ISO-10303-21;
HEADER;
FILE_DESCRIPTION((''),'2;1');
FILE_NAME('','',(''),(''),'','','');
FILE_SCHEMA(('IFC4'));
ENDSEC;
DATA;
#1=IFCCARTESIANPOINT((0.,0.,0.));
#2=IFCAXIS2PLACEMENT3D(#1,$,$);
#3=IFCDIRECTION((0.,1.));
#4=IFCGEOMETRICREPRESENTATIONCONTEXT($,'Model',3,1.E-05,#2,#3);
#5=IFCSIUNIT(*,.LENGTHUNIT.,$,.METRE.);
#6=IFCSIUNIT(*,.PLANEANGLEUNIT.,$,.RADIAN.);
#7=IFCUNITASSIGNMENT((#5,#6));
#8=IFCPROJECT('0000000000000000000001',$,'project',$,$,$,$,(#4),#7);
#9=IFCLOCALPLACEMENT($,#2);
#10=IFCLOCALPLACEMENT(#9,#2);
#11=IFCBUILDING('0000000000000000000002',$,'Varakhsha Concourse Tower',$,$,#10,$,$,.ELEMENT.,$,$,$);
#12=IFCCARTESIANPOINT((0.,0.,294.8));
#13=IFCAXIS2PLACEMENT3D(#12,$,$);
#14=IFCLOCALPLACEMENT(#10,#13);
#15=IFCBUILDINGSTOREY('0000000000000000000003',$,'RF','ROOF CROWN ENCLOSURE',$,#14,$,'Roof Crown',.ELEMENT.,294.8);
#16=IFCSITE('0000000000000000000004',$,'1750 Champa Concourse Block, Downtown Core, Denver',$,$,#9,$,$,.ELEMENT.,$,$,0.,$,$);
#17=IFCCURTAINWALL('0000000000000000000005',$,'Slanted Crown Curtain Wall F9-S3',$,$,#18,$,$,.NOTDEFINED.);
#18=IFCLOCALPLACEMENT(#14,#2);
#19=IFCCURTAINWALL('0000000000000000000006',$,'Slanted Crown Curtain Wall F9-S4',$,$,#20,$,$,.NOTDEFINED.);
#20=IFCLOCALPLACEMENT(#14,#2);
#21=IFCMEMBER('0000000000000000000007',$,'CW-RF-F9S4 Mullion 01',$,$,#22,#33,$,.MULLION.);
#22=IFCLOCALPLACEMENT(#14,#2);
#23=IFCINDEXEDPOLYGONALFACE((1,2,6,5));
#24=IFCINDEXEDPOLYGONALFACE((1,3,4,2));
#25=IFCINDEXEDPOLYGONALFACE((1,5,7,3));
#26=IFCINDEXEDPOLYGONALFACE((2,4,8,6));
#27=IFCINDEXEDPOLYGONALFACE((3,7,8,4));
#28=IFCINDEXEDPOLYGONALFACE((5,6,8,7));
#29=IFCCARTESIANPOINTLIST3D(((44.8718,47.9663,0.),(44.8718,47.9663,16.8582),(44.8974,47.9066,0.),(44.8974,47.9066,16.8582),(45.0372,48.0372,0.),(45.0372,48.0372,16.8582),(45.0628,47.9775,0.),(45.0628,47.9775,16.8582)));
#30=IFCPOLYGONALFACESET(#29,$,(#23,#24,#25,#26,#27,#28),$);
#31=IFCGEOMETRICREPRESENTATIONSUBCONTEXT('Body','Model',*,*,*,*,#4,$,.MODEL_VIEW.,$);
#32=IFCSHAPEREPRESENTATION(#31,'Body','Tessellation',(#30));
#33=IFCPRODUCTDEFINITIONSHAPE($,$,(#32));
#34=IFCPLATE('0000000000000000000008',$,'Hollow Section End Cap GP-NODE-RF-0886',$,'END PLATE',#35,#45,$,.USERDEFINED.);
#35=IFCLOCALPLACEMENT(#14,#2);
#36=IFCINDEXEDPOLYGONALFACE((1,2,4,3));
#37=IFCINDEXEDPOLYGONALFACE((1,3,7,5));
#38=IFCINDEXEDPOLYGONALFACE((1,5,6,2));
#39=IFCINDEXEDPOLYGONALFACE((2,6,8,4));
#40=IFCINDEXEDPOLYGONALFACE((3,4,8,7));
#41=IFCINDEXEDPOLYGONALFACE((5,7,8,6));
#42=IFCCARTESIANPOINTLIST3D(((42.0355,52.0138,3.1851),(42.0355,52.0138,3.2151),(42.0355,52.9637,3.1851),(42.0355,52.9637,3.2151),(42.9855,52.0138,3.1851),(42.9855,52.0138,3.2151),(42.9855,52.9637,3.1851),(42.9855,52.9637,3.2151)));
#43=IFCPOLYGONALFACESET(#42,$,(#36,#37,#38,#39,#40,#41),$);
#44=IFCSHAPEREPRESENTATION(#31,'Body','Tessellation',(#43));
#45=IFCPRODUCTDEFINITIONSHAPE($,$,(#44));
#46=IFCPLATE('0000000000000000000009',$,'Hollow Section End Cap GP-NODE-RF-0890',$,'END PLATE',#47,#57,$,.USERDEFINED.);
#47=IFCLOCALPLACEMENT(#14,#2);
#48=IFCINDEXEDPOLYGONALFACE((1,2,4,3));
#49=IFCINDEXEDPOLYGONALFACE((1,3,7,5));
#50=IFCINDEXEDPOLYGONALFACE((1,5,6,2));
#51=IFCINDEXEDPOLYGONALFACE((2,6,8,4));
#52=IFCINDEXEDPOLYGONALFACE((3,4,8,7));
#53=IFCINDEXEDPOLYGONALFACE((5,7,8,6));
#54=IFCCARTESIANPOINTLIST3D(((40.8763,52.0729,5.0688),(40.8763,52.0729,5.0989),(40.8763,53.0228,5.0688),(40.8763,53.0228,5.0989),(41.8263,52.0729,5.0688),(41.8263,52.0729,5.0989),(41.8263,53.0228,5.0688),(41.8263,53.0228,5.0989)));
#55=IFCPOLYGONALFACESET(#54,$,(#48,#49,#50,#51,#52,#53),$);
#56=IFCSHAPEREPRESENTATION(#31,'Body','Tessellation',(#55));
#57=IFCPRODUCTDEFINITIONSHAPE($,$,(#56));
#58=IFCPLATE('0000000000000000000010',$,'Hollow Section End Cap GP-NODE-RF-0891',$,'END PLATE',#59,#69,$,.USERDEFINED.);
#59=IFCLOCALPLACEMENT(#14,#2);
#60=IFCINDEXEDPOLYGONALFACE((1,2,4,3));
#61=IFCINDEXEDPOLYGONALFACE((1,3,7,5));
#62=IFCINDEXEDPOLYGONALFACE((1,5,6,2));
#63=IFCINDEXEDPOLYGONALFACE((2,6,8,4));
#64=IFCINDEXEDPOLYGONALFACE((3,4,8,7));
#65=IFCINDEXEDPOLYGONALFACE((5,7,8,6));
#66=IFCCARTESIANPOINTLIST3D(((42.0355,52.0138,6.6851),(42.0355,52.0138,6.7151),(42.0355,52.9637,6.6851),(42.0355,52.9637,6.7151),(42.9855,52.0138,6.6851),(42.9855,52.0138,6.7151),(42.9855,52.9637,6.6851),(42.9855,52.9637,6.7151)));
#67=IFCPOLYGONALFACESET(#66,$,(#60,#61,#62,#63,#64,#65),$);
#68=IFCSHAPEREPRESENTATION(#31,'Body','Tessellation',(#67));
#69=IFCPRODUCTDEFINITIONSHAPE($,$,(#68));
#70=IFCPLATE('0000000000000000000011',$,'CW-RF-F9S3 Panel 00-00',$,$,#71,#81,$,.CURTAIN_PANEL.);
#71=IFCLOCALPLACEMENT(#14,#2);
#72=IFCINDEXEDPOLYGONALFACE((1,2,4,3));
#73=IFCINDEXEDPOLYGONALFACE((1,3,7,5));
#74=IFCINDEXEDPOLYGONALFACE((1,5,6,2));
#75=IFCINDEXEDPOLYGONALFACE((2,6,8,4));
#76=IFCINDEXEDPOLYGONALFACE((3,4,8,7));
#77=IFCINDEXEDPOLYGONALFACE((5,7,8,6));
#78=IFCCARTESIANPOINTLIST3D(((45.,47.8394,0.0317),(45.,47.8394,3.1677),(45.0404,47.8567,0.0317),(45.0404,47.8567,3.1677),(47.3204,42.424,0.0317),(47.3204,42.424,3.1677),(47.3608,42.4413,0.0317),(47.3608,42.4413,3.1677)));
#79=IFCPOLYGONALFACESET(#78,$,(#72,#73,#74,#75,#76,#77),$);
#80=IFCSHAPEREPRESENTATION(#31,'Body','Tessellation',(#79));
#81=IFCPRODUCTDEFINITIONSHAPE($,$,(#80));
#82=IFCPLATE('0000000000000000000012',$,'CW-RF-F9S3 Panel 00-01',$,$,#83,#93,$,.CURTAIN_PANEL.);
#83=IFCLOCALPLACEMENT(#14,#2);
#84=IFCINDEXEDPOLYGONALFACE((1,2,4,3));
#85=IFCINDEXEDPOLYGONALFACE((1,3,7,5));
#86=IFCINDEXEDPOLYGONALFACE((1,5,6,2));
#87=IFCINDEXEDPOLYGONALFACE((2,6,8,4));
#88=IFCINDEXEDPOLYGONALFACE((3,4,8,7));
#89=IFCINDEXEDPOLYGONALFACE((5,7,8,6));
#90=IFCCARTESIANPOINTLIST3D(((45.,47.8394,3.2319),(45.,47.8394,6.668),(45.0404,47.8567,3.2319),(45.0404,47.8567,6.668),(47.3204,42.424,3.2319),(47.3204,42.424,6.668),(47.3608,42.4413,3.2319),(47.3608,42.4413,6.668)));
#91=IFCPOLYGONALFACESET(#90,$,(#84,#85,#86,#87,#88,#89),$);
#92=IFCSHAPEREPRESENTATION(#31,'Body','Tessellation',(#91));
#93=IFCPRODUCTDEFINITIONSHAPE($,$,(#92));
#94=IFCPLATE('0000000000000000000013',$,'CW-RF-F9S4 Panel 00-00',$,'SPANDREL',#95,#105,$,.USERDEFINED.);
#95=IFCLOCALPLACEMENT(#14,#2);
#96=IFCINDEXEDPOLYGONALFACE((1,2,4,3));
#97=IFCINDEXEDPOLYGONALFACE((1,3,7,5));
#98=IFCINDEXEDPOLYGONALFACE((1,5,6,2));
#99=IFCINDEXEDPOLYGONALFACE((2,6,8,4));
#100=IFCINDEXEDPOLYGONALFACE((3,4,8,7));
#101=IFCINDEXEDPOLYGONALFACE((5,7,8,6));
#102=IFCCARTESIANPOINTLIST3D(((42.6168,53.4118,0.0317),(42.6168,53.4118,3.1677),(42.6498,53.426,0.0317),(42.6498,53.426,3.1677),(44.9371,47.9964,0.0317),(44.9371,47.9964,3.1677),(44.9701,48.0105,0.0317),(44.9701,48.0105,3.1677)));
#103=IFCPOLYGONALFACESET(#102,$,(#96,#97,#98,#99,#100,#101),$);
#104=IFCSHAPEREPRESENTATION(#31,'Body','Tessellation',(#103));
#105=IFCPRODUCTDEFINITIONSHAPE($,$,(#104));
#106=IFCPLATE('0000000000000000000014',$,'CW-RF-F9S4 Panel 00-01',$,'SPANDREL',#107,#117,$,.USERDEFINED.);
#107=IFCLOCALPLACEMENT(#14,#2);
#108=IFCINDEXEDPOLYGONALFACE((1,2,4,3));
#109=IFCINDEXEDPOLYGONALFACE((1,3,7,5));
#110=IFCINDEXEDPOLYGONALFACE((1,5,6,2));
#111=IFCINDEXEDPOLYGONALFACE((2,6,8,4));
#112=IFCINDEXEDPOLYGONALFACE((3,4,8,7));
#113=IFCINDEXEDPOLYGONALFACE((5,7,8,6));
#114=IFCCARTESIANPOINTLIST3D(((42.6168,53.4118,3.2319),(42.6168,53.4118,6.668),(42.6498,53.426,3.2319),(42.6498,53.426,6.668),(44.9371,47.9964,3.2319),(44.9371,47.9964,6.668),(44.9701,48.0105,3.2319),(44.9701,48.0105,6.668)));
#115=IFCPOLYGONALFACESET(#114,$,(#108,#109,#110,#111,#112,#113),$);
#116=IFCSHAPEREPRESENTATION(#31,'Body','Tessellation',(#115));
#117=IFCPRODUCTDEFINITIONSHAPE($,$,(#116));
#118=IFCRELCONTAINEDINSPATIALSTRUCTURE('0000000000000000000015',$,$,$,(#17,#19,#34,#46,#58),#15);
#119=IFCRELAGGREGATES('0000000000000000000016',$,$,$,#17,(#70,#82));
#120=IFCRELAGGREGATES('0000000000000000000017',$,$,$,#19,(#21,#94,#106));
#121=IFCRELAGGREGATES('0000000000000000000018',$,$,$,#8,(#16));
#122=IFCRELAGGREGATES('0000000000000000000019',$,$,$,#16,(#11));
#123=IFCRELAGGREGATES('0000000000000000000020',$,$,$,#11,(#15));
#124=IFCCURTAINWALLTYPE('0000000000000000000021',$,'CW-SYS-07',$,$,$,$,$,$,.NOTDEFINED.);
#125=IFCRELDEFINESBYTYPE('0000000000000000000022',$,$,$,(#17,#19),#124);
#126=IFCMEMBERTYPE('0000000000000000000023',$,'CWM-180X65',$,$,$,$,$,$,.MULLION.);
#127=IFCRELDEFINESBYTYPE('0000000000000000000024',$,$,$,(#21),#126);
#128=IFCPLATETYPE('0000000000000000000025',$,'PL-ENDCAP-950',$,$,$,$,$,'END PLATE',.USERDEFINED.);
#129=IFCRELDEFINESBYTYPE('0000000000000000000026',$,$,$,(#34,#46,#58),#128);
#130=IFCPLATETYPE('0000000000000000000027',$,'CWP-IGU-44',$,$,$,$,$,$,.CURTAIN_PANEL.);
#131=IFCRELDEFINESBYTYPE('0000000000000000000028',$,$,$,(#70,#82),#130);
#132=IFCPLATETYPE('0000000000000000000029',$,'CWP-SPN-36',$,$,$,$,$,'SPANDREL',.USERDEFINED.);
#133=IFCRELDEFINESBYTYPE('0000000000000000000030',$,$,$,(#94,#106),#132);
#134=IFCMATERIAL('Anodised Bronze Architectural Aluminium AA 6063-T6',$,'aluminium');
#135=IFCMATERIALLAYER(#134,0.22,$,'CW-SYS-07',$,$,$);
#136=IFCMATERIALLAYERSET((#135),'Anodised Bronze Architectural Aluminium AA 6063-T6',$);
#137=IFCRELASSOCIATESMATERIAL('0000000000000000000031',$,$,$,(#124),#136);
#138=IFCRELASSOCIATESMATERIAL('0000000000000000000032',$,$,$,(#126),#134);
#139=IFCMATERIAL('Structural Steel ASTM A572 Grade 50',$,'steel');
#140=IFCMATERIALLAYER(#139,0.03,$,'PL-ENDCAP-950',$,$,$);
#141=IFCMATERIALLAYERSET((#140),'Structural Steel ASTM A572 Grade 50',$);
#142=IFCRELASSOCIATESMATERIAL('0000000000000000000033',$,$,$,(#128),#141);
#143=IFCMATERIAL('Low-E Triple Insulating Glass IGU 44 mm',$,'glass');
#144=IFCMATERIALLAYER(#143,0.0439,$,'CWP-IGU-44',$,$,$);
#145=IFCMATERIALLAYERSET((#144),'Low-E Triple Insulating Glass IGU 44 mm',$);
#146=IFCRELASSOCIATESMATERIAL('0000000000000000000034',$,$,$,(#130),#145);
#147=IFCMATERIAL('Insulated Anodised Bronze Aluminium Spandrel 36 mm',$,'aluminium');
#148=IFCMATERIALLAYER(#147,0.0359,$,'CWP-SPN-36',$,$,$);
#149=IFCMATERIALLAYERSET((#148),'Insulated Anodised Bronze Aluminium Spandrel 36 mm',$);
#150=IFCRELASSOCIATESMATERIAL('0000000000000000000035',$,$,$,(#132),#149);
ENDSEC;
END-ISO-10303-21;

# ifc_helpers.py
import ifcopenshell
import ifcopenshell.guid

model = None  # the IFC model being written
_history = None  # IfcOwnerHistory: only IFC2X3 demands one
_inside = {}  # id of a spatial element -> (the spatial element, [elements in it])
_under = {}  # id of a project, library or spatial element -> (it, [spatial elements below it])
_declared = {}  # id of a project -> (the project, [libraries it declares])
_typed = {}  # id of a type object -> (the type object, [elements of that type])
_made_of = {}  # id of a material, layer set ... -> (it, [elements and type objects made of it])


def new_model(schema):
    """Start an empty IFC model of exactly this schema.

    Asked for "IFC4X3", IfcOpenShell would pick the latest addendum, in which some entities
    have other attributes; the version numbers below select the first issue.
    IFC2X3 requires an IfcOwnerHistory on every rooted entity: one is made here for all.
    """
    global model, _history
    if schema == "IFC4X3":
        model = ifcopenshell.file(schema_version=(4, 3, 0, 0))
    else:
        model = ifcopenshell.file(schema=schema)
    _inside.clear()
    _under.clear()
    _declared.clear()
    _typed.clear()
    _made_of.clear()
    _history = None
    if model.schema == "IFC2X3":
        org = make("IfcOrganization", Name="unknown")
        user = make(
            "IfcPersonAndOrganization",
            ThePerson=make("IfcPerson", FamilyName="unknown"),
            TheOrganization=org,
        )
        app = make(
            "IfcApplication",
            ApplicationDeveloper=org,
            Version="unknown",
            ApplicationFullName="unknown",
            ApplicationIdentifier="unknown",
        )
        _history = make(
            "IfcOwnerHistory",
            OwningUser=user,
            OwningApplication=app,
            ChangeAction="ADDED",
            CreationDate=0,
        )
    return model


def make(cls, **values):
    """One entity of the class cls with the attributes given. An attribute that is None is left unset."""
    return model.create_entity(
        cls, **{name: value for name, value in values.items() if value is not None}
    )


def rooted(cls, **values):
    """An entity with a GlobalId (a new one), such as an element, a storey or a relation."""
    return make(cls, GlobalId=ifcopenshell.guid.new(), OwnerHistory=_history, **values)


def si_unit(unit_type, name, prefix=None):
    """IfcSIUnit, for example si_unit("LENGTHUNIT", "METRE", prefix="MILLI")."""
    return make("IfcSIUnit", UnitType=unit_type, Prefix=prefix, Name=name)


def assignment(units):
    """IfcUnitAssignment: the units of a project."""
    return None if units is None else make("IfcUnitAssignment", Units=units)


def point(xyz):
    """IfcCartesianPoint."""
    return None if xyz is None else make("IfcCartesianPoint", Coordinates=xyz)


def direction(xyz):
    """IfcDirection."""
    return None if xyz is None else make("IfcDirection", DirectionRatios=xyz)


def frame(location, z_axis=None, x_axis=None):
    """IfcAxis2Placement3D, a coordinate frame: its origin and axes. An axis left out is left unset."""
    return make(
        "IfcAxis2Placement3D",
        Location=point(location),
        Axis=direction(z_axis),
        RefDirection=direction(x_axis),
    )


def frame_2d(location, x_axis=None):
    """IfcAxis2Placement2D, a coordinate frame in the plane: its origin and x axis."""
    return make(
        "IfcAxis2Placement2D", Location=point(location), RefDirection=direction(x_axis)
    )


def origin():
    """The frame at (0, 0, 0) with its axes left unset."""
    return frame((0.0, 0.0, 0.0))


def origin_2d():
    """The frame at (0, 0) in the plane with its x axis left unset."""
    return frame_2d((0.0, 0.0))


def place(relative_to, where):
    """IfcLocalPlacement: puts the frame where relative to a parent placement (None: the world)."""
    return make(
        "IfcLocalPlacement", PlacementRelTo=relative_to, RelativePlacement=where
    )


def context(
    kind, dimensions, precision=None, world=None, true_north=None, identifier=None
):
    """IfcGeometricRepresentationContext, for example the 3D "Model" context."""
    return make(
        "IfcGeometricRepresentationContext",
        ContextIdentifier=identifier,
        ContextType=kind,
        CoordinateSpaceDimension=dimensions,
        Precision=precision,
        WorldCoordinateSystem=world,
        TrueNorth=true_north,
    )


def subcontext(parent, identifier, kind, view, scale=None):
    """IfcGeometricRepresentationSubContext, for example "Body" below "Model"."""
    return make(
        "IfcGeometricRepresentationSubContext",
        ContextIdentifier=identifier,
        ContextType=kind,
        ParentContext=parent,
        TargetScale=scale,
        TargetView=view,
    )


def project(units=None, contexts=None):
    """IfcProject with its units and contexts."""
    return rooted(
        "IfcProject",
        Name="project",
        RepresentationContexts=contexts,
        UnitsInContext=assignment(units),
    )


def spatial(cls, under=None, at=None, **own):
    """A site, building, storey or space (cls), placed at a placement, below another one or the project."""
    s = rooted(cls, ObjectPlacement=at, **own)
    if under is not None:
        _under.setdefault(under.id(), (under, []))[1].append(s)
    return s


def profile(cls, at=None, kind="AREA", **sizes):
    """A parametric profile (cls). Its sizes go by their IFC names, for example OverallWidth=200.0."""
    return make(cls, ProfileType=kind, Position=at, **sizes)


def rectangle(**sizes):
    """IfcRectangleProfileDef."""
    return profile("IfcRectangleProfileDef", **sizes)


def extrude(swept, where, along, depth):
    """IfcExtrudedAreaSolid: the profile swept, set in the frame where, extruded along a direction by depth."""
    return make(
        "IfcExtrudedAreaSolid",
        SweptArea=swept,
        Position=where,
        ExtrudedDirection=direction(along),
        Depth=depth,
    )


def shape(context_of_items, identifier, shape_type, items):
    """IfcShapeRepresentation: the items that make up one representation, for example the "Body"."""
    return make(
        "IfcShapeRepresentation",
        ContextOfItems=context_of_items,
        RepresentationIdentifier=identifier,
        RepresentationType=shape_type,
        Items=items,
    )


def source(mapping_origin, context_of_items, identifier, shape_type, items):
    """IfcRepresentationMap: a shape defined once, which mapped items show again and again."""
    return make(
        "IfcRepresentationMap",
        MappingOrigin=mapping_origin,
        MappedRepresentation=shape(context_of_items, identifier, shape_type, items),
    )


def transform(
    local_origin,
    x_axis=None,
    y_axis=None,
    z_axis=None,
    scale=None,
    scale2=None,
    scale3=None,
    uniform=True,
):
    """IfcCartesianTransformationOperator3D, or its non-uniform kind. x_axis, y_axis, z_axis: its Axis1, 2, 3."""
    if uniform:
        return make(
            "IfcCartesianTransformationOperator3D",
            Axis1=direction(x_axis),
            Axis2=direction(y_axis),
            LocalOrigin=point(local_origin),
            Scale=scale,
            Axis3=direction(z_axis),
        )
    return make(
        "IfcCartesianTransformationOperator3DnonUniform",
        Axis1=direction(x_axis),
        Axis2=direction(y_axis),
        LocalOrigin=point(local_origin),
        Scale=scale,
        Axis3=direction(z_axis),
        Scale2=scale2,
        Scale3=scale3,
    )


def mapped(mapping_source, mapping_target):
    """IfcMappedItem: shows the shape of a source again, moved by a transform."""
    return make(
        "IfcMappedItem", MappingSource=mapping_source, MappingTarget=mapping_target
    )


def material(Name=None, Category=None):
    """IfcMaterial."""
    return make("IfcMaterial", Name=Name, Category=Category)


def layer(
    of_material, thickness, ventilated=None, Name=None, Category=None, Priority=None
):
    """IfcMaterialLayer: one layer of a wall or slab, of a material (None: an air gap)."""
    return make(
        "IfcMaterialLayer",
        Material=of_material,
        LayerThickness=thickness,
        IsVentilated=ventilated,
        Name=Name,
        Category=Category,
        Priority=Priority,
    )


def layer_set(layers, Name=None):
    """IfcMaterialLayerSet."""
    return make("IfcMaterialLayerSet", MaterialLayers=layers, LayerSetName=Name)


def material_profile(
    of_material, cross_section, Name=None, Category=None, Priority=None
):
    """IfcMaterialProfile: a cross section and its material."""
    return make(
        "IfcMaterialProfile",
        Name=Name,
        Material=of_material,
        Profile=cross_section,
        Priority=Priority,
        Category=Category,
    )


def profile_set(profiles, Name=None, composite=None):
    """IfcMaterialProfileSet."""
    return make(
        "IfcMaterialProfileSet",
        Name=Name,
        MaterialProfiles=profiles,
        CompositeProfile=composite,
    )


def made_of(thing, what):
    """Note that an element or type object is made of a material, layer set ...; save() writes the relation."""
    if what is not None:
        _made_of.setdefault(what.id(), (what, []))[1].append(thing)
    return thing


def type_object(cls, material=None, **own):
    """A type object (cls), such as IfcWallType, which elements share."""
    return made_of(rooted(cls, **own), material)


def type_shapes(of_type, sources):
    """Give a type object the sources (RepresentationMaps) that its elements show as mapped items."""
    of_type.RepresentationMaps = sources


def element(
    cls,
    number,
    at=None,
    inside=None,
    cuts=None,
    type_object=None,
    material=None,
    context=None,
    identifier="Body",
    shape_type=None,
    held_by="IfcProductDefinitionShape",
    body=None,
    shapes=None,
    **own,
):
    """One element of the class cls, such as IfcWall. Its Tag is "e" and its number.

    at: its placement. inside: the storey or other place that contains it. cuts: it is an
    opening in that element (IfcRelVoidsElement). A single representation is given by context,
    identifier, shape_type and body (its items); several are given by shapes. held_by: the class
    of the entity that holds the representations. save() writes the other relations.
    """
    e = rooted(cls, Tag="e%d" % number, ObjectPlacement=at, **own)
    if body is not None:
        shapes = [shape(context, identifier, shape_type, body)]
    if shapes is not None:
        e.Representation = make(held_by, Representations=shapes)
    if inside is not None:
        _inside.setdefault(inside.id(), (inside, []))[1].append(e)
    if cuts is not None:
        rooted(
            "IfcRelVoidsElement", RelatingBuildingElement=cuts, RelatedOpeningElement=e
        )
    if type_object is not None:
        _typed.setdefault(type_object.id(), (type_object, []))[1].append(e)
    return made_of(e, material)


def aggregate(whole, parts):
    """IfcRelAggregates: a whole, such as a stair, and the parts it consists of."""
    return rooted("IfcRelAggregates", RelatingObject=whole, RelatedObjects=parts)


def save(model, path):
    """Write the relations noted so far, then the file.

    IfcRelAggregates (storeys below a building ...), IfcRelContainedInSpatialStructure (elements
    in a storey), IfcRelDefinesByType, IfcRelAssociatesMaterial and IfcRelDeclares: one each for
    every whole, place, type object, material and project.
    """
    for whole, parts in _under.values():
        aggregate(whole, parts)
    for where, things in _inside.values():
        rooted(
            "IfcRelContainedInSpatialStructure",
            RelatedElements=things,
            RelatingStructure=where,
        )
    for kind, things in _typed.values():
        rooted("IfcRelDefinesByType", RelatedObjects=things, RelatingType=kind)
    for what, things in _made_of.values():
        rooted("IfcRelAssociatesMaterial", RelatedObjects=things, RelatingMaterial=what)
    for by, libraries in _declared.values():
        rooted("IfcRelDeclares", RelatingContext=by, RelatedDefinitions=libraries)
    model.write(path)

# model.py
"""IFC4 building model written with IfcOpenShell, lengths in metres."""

from ifc_helpers import new_model, si_unit, direction, frame, origin, origin_2d, place, context, subcontext, project, spatial, rectangle, extrude, source, transform, mapped, material, layer, layer_set, material_profile, profile_set, type_object, type_shapes, element, aggregate, save


model = new_model("IFC4")

# Units and contexts
model_context = context("Model", 3, precision=1e-05, world=origin(), true_north=direction((0.0, 1.0)))
body_context = subcontext(model_context, "Body", "Model", "MODEL_VIEW")
ifc_project = project(units=[si_unit("LENGTHUNIT", "METRE"), si_unit("PLANEANGLEUNIT", "RADIAN")], contexts=[model_context])

# Site, building, storey
site_placement = place(None, origin())
site = spatial("IfcSite", under=ifc_project, at=site_placement, Name="1750 Champa Concourse Block, Downtown Core, Denver", CompositionType="ELEMENT", RefElevation=0.0)
building_placement = place(site_placement, origin())
building = spatial("IfcBuilding", under=site, at=building_placement, Name="Varakhsha Concourse Tower", CompositionType="ELEMENT")
storey_placement = place(building_placement, frame((0.0, 0.0, 294.8)))
storey = spatial("IfcBuildingStorey", under=building, at=storey_placement, Name="RF", Description="ROOF CROWN ENCLOSURE", LongName="Roof Crown", CompositionType="ELEMENT", Elevation=294.8)

# Shared definitions
ifc_material_1 = material(Name="Structural Steel ASTM A572 Grade 50", Category="steel")

# Shared definitions
ifc_material_2 = material(Name="Anodised Bronze Architectural Aluminium AA 6063-T6", Category="aluminium")
ifc_layer_1 = layer(ifc_material_2, 0.22, Name="CW-SYS-07")
ifc_layer_set_1 = layer_set([ifc_layer_1], Name="Anodised Bronze Architectural Aluminium AA 6063-T6")
curtain_wall_type = type_object("IfcCurtainWallType", Name="CW-SYS-07", PredefinedType="NOTDEFINED", material=ifc_layer_set_1)
ifc_material_profile_1 = material_profile(ifc_material_2, rectangle(XDim=0.0649, YDim=0.1799, at=origin_2d()), Name="CWM-180X65")
ifc_profile_set_1 = profile_set([ifc_material_profile_1], Name="Anodised Bronze Architectural Aluminium AA 6063-T6")
member_type_1 = type_object("IfcMemberType", Name="CWM-180X65", PredefinedType="MULLION", material=ifc_profile_set_1)

# Curtain wall
curtain_wall_1_placement = place(storey_placement, origin())
curtain_wall_1 = element("IfcCurtainWall", 1, at=curtain_wall_1_placement, inside=storey, type_object=curtain_wall_type, Name="Slanted Crown Curtain Wall F9-S3", PredefinedType="NOTDEFINED")

# Curtain wall
curtain_wall_2_placement = place(storey_placement, origin())
curtain_wall_2 = element("IfcCurtainWall", 2, at=curtain_wall_2_placement, inside=storey, type_object=curtain_wall_type, Name="Slanted Crown Curtain Wall F9-S4", PredefinedType="NOTDEFINED")

# Member
shared_shape_1 = source(origin(), body_context, "Body", "SweptSolid", [
    extrude(rectangle(XDim=0.0649, YDim=0.1799, at=origin_2d()), origin(), (0.0, 0.0, 1.0), 16.8582),
])
member_1_placement = place(storey_placement, frame((44.9673, 47.9719, 0.0), z_axis=(0.0, 0.0, 1.0), x_axis=(0.393841, -0.919179, 0.0)))
member_1 = element("IfcMember", 3, at=member_1_placement, type_object=member_type_1, Name="CW-RF-F9S4 Mullion 01", PredefinedType="MULLION", context=body_context, shape_type="MappedRepresentation", body=[
    mapped(shared_shape_1, transform((0.0, 0.0, 0.0), scale=1.0)),
])

# Plates
ifc_layer_2 = layer(ifc_material_1, 0.03, Name="PL-ENDCAP-950")
ifc_layer_set_2 = layer_set([ifc_layer_2], Name="Structural Steel ASTM A572 Grade 50")
plate_type_1 = type_object("IfcPlateType", Name="PL-ENDCAP-950", ElementType="END PLATE", PredefinedType="USERDEFINED", material=ifc_layer_set_2)
shared_shape_2 = source(origin(), body_context, "Body", "SweptSolid", [
    extrude(rectangle(XDim=0.95, YDim=0.95, at=origin_2d()), origin(), (0.0, 0.0, 1.0), 0.03),
])
type_shapes(plate_type_1, [shared_shape_2])
for number, where, z_axis, x_axis, name in (
    (4, (42.5105, 52.4888, 3.1851), (0.0, 0.0, 1.0), (1.0, 0.0, 0.0), "Hollow Section End Cap GP-NODE-RF-0886"),
    (5, (41.3513, 52.5479, 5.0688), (0.0, 0.0, 1.0), (1.0, 0.0, 0.0), "Hollow Section End Cap GP-NODE-RF-0890"),
    (6, (42.5105, 52.4888, 6.6851), (0.0, 0.0, 1.0), (1.0, 0.0, 0.0), "Hollow Section End Cap GP-NODE-RF-0891"),
):
    element("IfcPlate", number, at=place(storey_placement, frame(where, z_axis=z_axis, x_axis=x_axis)), inside=storey, type_object=plate_type_1, Name=name, ObjectType="END PLATE", PredefinedType="USERDEFINED", context=body_context, shape_type="MappedRepresentation", body=[
        mapped(shared_shape_2, transform((0.0, 0.0, 0.0), scale=1.0)),
    ])

# Plates
ifc_material_3 = material(Name="Low-E Triple Insulating Glass IGU 44 mm", Category="glass")
ifc_layer_3 = layer(ifc_material_3, 0.0439, Name="CWP-IGU-44")
ifc_layer_set_3 = layer_set([ifc_layer_3], Name="Low-E Triple Insulating Glass IGU 44 mm")
plate_type_2 = type_object("IfcPlateType", Name="CWP-IGU-44", PredefinedType="CURTAIN_PANEL", material=ifc_layer_set_3)
shared_shape_3 = source(origin(), body_context, "Body", "SweptSolid", [
    extrude(rectangle(XDim=5.8916, YDim=0.0439, at=origin_2d()), origin(), (0.0, 0.0, 1.0), 3.136),
])
plate_1_placement = place(storey_placement, frame((46.1804, 45.1404, 0.0317), z_axis=(0.0, 0.0, 1.0), x_axis=(0.393855, -0.919172, 0.0)))
plate_1 = element("IfcPlate", 7, at=plate_1_placement, type_object=plate_type_2, Name="CW-RF-F9S3 Panel 00-00", PredefinedType="CURTAIN_PANEL", context=body_context, shape_type="MappedRepresentation", body=[
    mapped(shared_shape_3, transform((0.0, 0.0, 0.0), scale=1.0)),
])
shared_shape_4 = source(origin(), body_context, "Body", "SweptSolid", [
    extrude(rectangle(XDim=5.8916, YDim=0.0439, at=origin_2d()), origin(), (0.0, 0.0, 1.0), 3.436),
])
type_shapes(plate_type_2, [shared_shape_3, shared_shape_4])
plate_2_placement = place(storey_placement, frame((46.1804, 45.1404, 3.2319), z_axis=(0.0, 0.0, 1.0), x_axis=(0.393855, -0.919172, 0.0)))
plate_2 = element("IfcPlate", 8, at=plate_2_placement, type_object=plate_type_2, Name="CW-RF-F9S3 Panel 00-01", PredefinedType="CURTAIN_PANEL", context=body_context, shape_type="MappedRepresentation", body=[
    mapped(shared_shape_4, transform((0.0, 0.0, 0.0), scale=1.0)),
])
aggregate(curtain_wall_1, [plate_1, plate_2])
ifc_material_4 = material(Name="Insulated Anodised Bronze Aluminium Spandrel 36 mm", Category="aluminium")
ifc_layer_4 = layer(ifc_material_4, 0.0359, Name="CWP-SPN-36")
ifc_layer_set_4 = layer_set([ifc_layer_4], Name="Insulated Anodised Bronze Aluminium Spandrel 36 mm")
plate_type_3 = type_object("IfcPlateType", Name="CWP-SPN-36", ElementType="SPANDREL", PredefinedType="USERDEFINED", material=ifc_layer_set_4)
shared_shape_5 = source(origin(), body_context, "Body", "SweptSolid", [
    extrude(rectangle(XDim=5.8916, YDim=0.0359, at=origin_2d()), origin(), (0.0, 0.0, 1.0), 3.136),
])
plate_3_placement = place(storey_placement, frame((43.7935, 50.7112, 0.0317), z_axis=(0.0, 0.0, 1.0), x_axis=(0.393841, -0.919179, 0.0)))
plate_3 = element("IfcPlate", 9, at=plate_3_placement, type_object=plate_type_3, Name="CW-RF-F9S4 Panel 00-00", ObjectType="SPANDREL", PredefinedType="USERDEFINED", context=body_context, shape_type="MappedRepresentation", body=[
    mapped(shared_shape_5, transform((0.0, 0.0, 0.0), scale=1.0)),
])
shared_shape_6 = source(origin(), body_context, "Body", "SweptSolid", [
    extrude(rectangle(XDim=5.8916, YDim=0.0359, at=origin_2d()), origin(), (0.0, 0.0, 1.0), 3.436),
])
type_shapes(plate_type_3, [shared_shape_5, shared_shape_6])
plate_4_placement = place(storey_placement, frame((43.7935, 50.7112, 3.2319), z_axis=(0.0, 0.0, 1.0), x_axis=(0.393841, -0.919179, 0.0)))
plate_4 = element("IfcPlate", 10, at=plate_4_placement, type_object=plate_type_3, Name="CW-RF-F9S4 Panel 00-01", ObjectType="SPANDREL", PredefinedType="USERDEFINED", context=body_context, shape_type="MappedRepresentation", body=[
    mapped(shared_shape_6, transform((0.0, 0.0, 0.0), scale=1.0)),
])
aggregate(curtain_wall_2, [member_1, plate_3, plate_4])

save(model, "model.ifc")
